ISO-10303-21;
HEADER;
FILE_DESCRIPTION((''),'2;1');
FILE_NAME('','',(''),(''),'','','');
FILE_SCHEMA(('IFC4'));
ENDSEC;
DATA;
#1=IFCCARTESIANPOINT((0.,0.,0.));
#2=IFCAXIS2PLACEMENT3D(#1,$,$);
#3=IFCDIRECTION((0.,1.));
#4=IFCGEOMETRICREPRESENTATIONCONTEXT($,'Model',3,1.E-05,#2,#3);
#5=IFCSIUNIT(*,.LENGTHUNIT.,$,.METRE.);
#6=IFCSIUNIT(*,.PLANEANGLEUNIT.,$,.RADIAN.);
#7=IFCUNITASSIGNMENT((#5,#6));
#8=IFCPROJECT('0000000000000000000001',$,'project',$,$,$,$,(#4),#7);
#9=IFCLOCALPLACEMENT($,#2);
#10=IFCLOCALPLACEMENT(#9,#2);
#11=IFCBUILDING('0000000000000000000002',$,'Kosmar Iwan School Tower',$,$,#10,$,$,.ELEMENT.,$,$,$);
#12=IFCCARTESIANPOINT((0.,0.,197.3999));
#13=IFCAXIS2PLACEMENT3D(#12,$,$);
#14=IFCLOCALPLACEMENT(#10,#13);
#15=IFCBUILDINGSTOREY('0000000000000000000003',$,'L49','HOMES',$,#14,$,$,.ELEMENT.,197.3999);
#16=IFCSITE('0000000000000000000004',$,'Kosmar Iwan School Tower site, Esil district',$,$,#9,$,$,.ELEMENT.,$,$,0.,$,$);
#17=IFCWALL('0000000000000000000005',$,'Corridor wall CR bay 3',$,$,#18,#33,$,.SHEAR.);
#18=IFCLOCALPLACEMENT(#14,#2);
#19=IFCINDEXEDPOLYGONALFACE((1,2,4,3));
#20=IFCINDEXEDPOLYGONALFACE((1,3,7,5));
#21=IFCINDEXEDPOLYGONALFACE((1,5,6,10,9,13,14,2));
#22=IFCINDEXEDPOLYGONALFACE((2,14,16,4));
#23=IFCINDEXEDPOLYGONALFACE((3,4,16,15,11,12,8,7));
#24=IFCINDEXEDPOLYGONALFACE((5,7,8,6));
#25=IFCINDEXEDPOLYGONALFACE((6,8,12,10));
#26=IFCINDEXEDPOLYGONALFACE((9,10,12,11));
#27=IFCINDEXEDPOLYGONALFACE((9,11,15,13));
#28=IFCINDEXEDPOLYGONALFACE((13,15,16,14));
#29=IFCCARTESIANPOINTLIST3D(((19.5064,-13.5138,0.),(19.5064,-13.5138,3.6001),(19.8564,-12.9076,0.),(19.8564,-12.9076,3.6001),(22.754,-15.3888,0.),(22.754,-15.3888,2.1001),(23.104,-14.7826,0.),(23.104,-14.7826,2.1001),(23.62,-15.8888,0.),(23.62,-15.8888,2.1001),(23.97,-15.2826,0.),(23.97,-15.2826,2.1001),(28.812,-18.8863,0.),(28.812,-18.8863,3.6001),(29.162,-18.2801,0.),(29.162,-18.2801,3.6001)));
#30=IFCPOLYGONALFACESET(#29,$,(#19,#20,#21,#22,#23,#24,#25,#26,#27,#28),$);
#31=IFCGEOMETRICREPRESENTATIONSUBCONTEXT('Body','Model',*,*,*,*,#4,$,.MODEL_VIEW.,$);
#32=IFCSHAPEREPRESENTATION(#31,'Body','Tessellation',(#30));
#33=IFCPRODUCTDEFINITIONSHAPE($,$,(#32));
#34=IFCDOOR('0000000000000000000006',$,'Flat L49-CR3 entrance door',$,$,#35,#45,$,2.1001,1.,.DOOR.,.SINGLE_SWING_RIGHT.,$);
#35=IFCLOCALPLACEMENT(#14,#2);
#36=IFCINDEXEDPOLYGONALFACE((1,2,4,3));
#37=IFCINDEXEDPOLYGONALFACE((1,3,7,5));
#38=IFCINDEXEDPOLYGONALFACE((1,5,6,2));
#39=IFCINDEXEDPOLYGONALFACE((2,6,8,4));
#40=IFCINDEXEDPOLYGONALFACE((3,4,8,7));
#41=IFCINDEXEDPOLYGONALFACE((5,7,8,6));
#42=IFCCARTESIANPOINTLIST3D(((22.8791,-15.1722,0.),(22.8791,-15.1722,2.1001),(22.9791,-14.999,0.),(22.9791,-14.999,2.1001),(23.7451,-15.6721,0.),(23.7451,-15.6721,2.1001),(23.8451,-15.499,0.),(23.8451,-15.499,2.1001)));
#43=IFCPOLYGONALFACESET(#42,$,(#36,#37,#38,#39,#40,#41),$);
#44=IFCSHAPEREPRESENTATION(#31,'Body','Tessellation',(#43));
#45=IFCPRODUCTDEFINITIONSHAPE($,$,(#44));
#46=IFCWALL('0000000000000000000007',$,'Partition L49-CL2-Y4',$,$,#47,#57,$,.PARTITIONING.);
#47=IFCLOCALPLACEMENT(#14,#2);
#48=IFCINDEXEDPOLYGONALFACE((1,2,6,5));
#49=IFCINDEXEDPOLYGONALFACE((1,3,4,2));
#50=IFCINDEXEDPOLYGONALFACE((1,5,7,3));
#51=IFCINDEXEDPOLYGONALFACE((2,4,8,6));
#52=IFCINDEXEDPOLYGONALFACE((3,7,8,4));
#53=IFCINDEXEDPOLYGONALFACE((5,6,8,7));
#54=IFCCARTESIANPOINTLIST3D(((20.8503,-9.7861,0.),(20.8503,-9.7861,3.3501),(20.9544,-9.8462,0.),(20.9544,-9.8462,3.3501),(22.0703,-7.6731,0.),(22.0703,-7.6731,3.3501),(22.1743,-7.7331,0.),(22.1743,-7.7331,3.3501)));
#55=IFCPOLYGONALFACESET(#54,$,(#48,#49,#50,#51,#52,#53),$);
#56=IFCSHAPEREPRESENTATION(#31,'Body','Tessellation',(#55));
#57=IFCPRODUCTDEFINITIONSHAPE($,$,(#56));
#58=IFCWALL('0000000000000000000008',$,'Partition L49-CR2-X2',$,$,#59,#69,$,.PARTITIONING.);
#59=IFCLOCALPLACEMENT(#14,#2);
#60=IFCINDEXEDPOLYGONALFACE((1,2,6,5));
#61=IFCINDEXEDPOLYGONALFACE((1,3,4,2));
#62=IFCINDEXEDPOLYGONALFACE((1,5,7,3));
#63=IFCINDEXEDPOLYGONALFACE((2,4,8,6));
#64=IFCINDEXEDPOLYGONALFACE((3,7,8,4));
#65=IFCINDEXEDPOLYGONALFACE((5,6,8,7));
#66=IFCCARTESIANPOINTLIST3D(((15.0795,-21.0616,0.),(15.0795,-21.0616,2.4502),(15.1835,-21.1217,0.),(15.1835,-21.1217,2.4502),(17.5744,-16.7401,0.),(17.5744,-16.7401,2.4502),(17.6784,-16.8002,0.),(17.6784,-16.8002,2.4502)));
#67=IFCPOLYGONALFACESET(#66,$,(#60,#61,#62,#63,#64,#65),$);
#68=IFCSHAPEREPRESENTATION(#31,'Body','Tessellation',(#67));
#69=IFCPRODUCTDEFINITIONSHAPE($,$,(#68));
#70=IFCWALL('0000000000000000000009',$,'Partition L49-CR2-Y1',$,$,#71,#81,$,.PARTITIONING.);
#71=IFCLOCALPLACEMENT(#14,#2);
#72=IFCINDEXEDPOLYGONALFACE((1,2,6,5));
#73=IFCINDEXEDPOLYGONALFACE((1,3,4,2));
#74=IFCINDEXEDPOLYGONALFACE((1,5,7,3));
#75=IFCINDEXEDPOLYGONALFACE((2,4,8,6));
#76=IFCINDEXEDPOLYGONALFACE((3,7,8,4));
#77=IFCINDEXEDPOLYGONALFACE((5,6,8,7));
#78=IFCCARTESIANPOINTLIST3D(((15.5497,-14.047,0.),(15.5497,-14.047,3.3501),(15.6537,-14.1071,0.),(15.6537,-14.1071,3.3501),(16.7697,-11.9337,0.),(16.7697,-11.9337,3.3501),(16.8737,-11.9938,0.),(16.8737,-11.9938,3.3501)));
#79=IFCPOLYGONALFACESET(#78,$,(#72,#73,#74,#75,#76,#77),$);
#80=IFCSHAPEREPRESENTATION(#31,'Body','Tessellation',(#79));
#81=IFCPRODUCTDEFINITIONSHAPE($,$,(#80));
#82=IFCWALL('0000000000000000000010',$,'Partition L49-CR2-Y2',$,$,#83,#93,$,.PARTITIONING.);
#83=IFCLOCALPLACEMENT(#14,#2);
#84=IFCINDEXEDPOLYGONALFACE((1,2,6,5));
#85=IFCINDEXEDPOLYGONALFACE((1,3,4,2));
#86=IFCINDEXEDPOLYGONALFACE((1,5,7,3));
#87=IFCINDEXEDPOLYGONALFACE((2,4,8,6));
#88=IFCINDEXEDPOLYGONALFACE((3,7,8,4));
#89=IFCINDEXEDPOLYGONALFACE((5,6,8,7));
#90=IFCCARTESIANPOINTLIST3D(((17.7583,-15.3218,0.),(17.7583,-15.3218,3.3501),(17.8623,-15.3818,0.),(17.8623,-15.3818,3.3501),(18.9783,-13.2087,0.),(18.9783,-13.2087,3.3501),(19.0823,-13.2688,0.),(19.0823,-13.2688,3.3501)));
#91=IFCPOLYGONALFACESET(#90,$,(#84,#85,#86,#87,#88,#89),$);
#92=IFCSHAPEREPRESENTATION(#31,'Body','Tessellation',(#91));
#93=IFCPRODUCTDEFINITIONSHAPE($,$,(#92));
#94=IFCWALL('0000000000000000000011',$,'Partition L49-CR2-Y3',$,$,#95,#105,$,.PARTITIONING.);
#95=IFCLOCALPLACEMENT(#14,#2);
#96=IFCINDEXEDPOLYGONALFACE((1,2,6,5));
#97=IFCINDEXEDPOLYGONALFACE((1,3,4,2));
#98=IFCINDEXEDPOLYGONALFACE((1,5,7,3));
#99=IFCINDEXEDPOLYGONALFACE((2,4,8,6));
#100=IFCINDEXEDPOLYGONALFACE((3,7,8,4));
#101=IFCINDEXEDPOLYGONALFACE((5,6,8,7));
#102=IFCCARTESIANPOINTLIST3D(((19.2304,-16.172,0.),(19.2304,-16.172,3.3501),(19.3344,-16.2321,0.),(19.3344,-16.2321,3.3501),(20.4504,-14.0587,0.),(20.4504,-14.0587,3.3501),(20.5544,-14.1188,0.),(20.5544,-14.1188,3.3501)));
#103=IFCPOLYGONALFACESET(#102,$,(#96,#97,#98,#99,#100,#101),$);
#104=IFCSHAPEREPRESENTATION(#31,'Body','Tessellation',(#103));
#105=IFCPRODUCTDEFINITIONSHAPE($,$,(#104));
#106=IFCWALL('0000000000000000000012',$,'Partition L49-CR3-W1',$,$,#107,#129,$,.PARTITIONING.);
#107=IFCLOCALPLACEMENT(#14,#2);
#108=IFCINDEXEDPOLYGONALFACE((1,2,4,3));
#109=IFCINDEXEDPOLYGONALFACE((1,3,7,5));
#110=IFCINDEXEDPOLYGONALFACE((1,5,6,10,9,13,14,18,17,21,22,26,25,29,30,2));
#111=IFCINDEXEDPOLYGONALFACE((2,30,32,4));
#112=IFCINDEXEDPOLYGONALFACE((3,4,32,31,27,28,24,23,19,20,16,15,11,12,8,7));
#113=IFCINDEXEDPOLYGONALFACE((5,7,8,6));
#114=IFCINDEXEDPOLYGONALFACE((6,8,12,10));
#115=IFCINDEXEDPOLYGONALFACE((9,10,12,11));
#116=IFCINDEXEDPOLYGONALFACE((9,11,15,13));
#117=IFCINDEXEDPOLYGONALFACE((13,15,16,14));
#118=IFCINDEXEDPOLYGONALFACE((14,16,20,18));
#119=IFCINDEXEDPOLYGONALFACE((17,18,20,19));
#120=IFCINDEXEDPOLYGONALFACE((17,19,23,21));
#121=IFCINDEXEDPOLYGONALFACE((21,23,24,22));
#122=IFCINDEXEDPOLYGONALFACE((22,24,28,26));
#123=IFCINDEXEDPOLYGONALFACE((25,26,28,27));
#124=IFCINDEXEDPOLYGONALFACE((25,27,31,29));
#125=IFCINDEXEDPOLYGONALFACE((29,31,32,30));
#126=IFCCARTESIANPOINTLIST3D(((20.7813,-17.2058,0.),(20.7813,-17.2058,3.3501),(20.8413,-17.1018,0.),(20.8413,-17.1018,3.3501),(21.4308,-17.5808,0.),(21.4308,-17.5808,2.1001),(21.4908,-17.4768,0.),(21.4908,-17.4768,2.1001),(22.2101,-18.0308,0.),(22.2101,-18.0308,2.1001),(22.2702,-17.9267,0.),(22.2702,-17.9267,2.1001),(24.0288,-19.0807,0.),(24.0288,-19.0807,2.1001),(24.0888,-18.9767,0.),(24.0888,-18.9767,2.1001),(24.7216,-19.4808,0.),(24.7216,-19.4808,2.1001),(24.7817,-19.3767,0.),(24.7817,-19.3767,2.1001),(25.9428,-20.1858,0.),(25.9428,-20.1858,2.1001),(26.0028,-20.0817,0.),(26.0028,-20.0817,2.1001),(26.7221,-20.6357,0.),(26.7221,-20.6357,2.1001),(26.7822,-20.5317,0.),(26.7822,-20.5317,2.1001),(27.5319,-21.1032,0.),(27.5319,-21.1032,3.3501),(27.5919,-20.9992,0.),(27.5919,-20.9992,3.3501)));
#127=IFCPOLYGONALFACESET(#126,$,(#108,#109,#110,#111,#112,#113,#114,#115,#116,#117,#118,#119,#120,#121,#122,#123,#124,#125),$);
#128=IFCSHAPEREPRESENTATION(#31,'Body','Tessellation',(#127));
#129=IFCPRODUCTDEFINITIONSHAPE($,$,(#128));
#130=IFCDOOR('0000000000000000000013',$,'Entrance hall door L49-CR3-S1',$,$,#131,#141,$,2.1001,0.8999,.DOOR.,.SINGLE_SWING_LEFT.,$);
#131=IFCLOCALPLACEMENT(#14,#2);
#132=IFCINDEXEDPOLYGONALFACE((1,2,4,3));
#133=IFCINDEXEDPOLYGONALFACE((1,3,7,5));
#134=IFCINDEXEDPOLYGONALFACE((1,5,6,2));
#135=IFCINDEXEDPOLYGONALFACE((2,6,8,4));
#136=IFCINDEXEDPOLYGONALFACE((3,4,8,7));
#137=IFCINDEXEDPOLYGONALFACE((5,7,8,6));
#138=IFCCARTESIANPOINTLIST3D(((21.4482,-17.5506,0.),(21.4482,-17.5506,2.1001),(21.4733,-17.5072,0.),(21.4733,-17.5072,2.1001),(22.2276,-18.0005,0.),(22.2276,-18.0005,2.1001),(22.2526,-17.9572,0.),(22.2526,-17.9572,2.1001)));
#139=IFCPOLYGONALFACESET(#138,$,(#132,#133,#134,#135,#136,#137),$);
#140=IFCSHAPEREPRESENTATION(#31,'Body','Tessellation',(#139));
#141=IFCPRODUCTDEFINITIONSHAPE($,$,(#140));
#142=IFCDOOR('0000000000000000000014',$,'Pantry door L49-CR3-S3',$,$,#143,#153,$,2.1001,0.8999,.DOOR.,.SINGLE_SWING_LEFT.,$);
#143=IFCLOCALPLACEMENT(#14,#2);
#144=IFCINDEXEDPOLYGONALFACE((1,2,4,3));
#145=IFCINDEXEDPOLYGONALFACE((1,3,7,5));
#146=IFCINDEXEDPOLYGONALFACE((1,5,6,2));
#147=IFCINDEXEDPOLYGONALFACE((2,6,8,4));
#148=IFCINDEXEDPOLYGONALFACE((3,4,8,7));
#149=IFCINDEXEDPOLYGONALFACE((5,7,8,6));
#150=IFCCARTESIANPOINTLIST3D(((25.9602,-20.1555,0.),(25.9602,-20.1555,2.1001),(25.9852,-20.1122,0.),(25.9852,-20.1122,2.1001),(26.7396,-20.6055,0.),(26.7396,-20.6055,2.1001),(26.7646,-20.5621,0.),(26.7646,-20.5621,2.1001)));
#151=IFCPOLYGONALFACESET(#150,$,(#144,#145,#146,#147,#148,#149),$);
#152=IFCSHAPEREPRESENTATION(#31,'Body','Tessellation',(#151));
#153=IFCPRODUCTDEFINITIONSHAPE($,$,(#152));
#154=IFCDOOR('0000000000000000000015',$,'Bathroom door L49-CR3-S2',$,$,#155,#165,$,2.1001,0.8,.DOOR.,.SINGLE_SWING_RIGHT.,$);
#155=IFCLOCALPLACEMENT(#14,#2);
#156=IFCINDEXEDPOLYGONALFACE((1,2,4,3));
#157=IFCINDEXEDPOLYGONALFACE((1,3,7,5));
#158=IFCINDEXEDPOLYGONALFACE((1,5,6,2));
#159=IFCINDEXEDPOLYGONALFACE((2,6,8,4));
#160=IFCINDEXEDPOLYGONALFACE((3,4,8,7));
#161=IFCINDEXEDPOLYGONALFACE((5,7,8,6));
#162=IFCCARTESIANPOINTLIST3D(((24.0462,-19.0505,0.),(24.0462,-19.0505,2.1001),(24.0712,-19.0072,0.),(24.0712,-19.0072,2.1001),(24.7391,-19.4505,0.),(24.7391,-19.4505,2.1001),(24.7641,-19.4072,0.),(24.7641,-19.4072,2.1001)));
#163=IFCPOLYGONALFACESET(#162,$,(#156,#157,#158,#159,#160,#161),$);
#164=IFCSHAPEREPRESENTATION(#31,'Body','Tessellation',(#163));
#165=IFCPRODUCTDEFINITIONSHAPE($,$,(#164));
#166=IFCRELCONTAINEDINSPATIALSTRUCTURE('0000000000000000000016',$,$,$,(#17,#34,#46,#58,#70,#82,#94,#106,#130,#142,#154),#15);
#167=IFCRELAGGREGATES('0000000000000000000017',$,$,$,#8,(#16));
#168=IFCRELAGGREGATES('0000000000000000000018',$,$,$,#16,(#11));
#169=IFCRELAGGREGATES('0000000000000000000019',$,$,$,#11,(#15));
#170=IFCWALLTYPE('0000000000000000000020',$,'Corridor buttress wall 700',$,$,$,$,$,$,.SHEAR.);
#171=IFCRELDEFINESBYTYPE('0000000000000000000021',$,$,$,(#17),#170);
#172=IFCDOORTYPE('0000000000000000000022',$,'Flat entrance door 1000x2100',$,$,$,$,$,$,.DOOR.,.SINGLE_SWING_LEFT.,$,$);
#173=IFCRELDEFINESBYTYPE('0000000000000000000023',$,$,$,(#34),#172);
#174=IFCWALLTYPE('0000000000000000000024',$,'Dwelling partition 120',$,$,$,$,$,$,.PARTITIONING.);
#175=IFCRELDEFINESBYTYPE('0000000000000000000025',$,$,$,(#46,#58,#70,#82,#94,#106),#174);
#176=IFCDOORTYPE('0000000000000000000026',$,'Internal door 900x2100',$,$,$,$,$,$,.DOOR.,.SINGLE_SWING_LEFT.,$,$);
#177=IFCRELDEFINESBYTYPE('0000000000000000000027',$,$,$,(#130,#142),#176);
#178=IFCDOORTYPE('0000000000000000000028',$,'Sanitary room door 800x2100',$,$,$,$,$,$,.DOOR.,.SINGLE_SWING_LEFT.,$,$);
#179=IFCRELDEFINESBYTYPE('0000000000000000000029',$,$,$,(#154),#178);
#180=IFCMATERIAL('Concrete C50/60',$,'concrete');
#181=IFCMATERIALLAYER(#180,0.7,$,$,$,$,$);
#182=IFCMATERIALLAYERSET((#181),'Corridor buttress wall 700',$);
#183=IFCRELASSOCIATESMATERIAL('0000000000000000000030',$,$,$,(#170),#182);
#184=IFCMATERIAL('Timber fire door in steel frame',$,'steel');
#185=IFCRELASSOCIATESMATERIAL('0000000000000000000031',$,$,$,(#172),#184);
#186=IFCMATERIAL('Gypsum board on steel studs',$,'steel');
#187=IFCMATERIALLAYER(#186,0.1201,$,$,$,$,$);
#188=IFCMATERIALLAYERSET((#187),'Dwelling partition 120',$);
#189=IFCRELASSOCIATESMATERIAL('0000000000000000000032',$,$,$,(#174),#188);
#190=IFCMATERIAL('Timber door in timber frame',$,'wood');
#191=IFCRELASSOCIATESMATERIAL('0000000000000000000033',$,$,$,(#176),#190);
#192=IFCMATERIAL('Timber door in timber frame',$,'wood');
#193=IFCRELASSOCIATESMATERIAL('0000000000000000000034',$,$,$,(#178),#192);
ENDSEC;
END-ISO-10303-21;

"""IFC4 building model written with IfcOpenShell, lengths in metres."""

from ifc_helpers import new_model, si_unit, direction, frame, frame_2d, origin, place, context, subcontext, project, spatial, rectangle, extrude, material, layer, layer_set, type_object, element, fill, save


model = new_model("IFC4")

# Units and contexts
model_context = context("Model", 3, precision=1e-05, world=origin(), true_north=direction((0.0, 1.0)))
body_context = subcontext(model_context, "Body", "Model", "MODEL_VIEW")
ifc_project = project(units=[si_unit("LENGTHUNIT", "METRE"), si_unit("PLANEANGLEUNIT", "RADIAN")], contexts=[model_context])

# Site, building, storey
site_placement = place(None, origin())
site = spatial("IfcSite", under=ifc_project, at=site_placement, Name="Kosmar Iwan School Tower site, Esil district", CompositionType="ELEMENT", RefElevation=0.0)
building_placement = place(site_placement, origin())
building = spatial("IfcBuilding", under=site, at=building_placement, Name="Kosmar Iwan School Tower", CompositionType="ELEMENT")
storey_placement = place(building_placement, frame((0.0, 0.0, 197.3999)))
storey = spatial("IfcBuildingStorey", under=building, at=storey_placement, Name="L49", Description="HOMES", CompositionType="ELEMENT", Elevation=197.3999)

# Shared definitions
ifc_material_1 = material(Name="Concrete C50/60", Category="concrete")
ifc_layer_1 = layer(ifc_material_1, 0.7)
ifc_layer_set_1 = layer_set([ifc_layer_1], Name="Corridor buttress wall 700")
wall_type_1 = type_object("IfcWallType", Name="Corridor buttress wall 700", PredefinedType="SHEAR", material=ifc_layer_set_1)
ifc_material_2 = material(Name="Timber fire door in steel frame", Category="steel")
door_type_1 = type_object("IfcDoorType", Name="Flat entrance door 1000x2100", OperationType="SINGLE_SWING_LEFT", PredefinedType="DOOR", material=ifc_material_2)

# Wall, opening, door
wall_1_placement = place(storey_placement, frame((19.6814, -13.2107, 0.0), z_axis=(0.0, 0.0, 1.0), x_axis=(0.866028, -0.499995, 0.0)))
wall_1 = element("IfcWall", 1, at=wall_1_placement, inside=storey, type_object=wall_type_1, Name="Corridor wall CR bay 3", PredefinedType="SHEAR", context=body_context, shape_type="SweptSolid", body=[
    extrude(rectangle(XDim=10.7451, YDim=0.7, at=frame_2d((5.3726, 0.0))), origin(), (0.0, 0.0, 1.0), 3.6001),
])
opening_1_placement = place(wall_1_placement, frame((3.75, 0.0, 0.0)))
opening_1 = element("IfcOpeningElement", 2, at=opening_1_placement, cuts=wall_1, PredefinedType="OPENING", context=body_context, shape_type="SweptSolid", body=[
    extrude(rectangle(XDim=1.0, YDim=2.1001, at=frame_2d((0.5, 1.05))), frame((0.0, 0.3621, 0.0), z_axis=(0.0, -1.0, 0.0), x_axis=(1.0, 0.0, 0.0)), (0.0, 0.0, 1.0), 0.7239),
])
door_1_placement = place(opening_1_placement, origin())
door_1 = element("IfcDoor", 3, at=door_1_placement, inside=storey, type_object=door_type_1, Name="Flat L49-CR3 entrance door", OperationType="SINGLE_SWING_RIGHT", OverallHeight=2.1001, OverallWidth=1.0, PredefinedType="DOOR", context=body_context, shape_type="SweptSolid", body=[
    extrude(rectangle(XDim=1.0, YDim=2.1001, at=frame_2d((0.5, 1.05))), frame((0.0, 0.1001, 0.0), z_axis=(0.0, -1.0, 0.0), x_axis=(1.0, 0.0, 0.0)), (0.0, 0.0, 1.0), 0.2),
])
fill(opening_1, door_1)

# Walls
ifc_material_3 = material(Name="Gypsum board on steel studs", Category="steel")
ifc_layer_2 = layer(ifc_material_3, 0.1201)
ifc_layer_set_2 = layer_set([ifc_layer_2], Name="Dwelling partition 120")
wall_type_2 = type_object("IfcWallType", Name="Dwelling partition 120", PredefinedType="PARTITIONING", material=ifc_layer_set_2)
wall_2_placement = place(storey_placement, frame((20.9023, -9.8162, 0.0), z_axis=(0.0, 0.0, 1.0), x_axis=(0.500003, 0.866024, 0.0)))
element("IfcWall", 4, at=wall_2_placement, inside=storey, type_object=wall_type_2, Name="Partition L49-CL2-Y4", PredefinedType="PARTITIONING", context=body_context, shape_type="SweptSolid", body=[
    extrude(rectangle(XDim=2.4399, YDim=0.1201, at=frame_2d((1.22, 0.0))), origin(), (0.0, 0.0, 1.0), 3.3501),
])
wall_3_placement = place(storey_placement, frame((17.6265, -16.77, 0.0), z_axis=(0.0, 0.0, 1.0), x_axis=(-0.499975, -0.86604, 0.0)))
element("IfcWall", 5, at=wall_3_placement, inside=storey, type_object=wall_type_2, Name="Partition L49-CR2-X2", PredefinedType="PARTITIONING", context=body_context, shape_type="SweptSolid", body=[
    extrude(rectangle(XDim=4.99, YDim=0.1201, at=frame_2d((2.4951, 0.0))), origin(), (0.0, 0.0, 1.0), 2.4502),
])
wall_4_placement = place(storey_placement, frame((16.8218, -11.9636, 0.0), z_axis=(0.0, 0.0, 1.0), x_axis=(-0.499959, -0.866049, 0.0)))
element("IfcWall", 6, at=wall_4_placement, inside=storey, type_object=wall_type_2, Name="Partition L49-CR2-Y1", PredefinedType="PARTITIONING", context=body_context, shape_type="SweptSolid", body=[
    extrude(rectangle(XDim=2.4402, YDim=0.1201, at=frame_2d((1.2202, 0.0))), origin(), (0.0, 0.0, 1.0), 3.3501),
])
wall_5_placement = place(storey_placement, frame((19.0303, -13.2388, 0.0), z_axis=(0.0, 0.0, 1.0), x_axis=(-0.500003, -0.866024, 0.0)))
element("IfcWall", 7, at=wall_5_placement, inside=storey, type_object=wall_type_2, Name="Partition L49-CR2-Y2", PredefinedType="PARTITIONING", context=body_context, shape_type="SweptSolid", body=[
    extrude(rectangle(XDim=2.4399, YDim=0.1201, at=frame_2d((1.22, 0.0))), origin(), (0.0, 0.0, 1.0), 3.3501),
])
wall_6_placement = place(storey_placement, frame((20.5024, -14.0886, 0.0), z_axis=(0.0, 0.0, 1.0), x_axis=(-0.499959, -0.866049, 0.0)))
element("IfcWall", 8, at=wall_6_placement, inside=storey, type_object=wall_type_2, Name="Partition L49-CR2-Y3", PredefinedType="PARTITIONING", context=body_context, shape_type="SweptSolid", body=[
    extrude(rectangle(XDim=2.4402, YDim=0.1201, at=frame_2d((1.2202, 0.0))), origin(), (0.0, 0.0, 1.0), 3.3501),
])

# Wall, openings, doors
wall_7_placement = place(storey_placement, frame((20.8113, -17.1538, 0.0), z_axis=(0.0, 0.0, 1.0), x_axis=(0.86603, -0.499993, 0.0)))
wall_7 = element("IfcWall", 9, at=wall_7_placement, inside=storey, type_object=wall_type_2, Name="Partition L49-CR3-W1", PredefinedType="PARTITIONING", context=body_context, shape_type="SweptSolid", body=[
    extrude(rectangle(XDim=7.7949, YDim=0.1201, at=frame_2d((3.8975, 0.0))), origin(), (0.0, 0.0, 1.0), 3.3501),
])
opening_2_placement = place(wall_7_placement, frame((0.75, 0.0, 0.0)))
opening_2 = element("IfcOpeningElement", 10, at=opening_2_placement, cuts=wall_7, PredefinedType="OPENING", context=body_context, shape_type="SweptSolid", body=[
    extrude(rectangle(XDim=0.8999, YDim=2.1001, at=frame_2d((0.45, 1.05))), frame((0.0, 0.072, 0.0), z_axis=(0.0, -1.0, 0.0), x_axis=(1.0, 0.0, 0.0)), (0.0, 0.0, 1.0), 0.144),
])
opening_3_placement = place(wall_7_placement, frame((3.75, 0.0, 0.0)))
opening_3 = element("IfcOpeningElement", 11, at=opening_3_placement, cuts=wall_7, PredefinedType="OPENING", context=body_context, shape_type="SweptSolid", body=[
    extrude(rectangle(XDim=0.8, YDim=2.1001, at=frame_2d((0.3999, 1.05))), frame((0.0, 0.072, 0.0), z_axis=(0.0, -1.0, 0.0), x_axis=(1.0, 0.0, 0.0)), (0.0, 0.0, 1.0), 0.144),
])
opening_4_placement = place(wall_7_placement, frame((5.96, 0.0, 0.0)))
opening_4 = element("IfcOpeningElement", 12, at=opening_4_placement, cuts=wall_7, PredefinedType="OPENING", context=body_context, shape_type="SweptSolid", body=[
    extrude(rectangle(XDim=0.8999, YDim=2.1001, at=frame_2d((0.45, 1.05))), frame((0.0, 0.072, 0.0), z_axis=(0.0, -1.0, 0.0), x_axis=(1.0, 0.0, 0.0)), (0.0, 0.0, 1.0), 0.144),
])
ifc_material_4 = material(Name="Timber door in timber frame", Category="wood")
door_type_2 = type_object("IfcDoorType", Name="Internal door 900x2100", OperationType="SINGLE_SWING_LEFT", PredefinedType="DOOR", material=ifc_material_4)
door_2_placement = place(opening_2_placement, origin())
door_2 = element("IfcDoor", 13, at=door_2_placement, inside=storey, type_object=door_type_2, Name="Entrance hall door L49-CR3-S1", OperationType="SINGLE_SWING_LEFT", OverallHeight=2.1001, OverallWidth=0.8999, PredefinedType="DOOR", context=body_context, shape_type="SweptSolid", body=[
    extrude(rectangle(XDim=0.8999, YDim=2.1001, at=frame_2d((0.45, 1.05))), frame((0.0, 0.0249, 0.0), z_axis=(0.0, -1.0, 0.0), x_axis=(1.0, 0.0, 0.0)), (0.0, 0.0, 1.0), 0.05),
])
fill(opening_2, door_2)
door_3_placement = place(opening_4_placement, origin())
door_3 = element("IfcDoor", 14, at=door_3_placement, inside=storey, type_object=door_type_2, Name="Pantry door L49-CR3-S3", OperationType="SINGLE_SWING_LEFT", OverallHeight=2.1001, OverallWidth=0.8999, PredefinedType="DOOR", context=body_context, shape_type="SweptSolid", body=[
    extrude(rectangle(XDim=0.8999, YDim=2.1001, at=frame_2d((0.45, 1.05))), frame((0.0, 0.0249, 0.0), z_axis=(0.0, -1.0, 0.0), x_axis=(1.0, 0.0, 0.0)), (0.0, 0.0, 1.0), 0.05),
])
fill(opening_4, door_3)
ifc_material_5 = material(Name="Timber door in timber frame", Category="wood")
door_type_3 = type_object("IfcDoorType", Name="Sanitary room door 800x2100", OperationType="SINGLE_SWING_LEFT", PredefinedType="DOOR", material=ifc_material_5)
door_4_placement = place(opening_3_placement, origin())
door_4 = element("IfcDoor", 15, at=door_4_placement, inside=storey, type_object=door_type_3, Name="Bathroom door L49-CR3-S2", OperationType="SINGLE_SWING_RIGHT", OverallHeight=2.1001, OverallWidth=0.8, PredefinedType="DOOR", context=body_context, shape_type="SweptSolid", body=[
    extrude(rectangle(XDim=0.8, YDim=2.1001, at=frame_2d((0.3999, 1.05))), frame((0.0, 0.0249, 0.0), z_axis=(0.0, -1.0, 0.0), x_axis=(1.0, 0.0, 0.0)), (0.0, 0.0, 1.0), 0.05),
])
fill(opening_3, door_4)

save(model, "model.ifc")
